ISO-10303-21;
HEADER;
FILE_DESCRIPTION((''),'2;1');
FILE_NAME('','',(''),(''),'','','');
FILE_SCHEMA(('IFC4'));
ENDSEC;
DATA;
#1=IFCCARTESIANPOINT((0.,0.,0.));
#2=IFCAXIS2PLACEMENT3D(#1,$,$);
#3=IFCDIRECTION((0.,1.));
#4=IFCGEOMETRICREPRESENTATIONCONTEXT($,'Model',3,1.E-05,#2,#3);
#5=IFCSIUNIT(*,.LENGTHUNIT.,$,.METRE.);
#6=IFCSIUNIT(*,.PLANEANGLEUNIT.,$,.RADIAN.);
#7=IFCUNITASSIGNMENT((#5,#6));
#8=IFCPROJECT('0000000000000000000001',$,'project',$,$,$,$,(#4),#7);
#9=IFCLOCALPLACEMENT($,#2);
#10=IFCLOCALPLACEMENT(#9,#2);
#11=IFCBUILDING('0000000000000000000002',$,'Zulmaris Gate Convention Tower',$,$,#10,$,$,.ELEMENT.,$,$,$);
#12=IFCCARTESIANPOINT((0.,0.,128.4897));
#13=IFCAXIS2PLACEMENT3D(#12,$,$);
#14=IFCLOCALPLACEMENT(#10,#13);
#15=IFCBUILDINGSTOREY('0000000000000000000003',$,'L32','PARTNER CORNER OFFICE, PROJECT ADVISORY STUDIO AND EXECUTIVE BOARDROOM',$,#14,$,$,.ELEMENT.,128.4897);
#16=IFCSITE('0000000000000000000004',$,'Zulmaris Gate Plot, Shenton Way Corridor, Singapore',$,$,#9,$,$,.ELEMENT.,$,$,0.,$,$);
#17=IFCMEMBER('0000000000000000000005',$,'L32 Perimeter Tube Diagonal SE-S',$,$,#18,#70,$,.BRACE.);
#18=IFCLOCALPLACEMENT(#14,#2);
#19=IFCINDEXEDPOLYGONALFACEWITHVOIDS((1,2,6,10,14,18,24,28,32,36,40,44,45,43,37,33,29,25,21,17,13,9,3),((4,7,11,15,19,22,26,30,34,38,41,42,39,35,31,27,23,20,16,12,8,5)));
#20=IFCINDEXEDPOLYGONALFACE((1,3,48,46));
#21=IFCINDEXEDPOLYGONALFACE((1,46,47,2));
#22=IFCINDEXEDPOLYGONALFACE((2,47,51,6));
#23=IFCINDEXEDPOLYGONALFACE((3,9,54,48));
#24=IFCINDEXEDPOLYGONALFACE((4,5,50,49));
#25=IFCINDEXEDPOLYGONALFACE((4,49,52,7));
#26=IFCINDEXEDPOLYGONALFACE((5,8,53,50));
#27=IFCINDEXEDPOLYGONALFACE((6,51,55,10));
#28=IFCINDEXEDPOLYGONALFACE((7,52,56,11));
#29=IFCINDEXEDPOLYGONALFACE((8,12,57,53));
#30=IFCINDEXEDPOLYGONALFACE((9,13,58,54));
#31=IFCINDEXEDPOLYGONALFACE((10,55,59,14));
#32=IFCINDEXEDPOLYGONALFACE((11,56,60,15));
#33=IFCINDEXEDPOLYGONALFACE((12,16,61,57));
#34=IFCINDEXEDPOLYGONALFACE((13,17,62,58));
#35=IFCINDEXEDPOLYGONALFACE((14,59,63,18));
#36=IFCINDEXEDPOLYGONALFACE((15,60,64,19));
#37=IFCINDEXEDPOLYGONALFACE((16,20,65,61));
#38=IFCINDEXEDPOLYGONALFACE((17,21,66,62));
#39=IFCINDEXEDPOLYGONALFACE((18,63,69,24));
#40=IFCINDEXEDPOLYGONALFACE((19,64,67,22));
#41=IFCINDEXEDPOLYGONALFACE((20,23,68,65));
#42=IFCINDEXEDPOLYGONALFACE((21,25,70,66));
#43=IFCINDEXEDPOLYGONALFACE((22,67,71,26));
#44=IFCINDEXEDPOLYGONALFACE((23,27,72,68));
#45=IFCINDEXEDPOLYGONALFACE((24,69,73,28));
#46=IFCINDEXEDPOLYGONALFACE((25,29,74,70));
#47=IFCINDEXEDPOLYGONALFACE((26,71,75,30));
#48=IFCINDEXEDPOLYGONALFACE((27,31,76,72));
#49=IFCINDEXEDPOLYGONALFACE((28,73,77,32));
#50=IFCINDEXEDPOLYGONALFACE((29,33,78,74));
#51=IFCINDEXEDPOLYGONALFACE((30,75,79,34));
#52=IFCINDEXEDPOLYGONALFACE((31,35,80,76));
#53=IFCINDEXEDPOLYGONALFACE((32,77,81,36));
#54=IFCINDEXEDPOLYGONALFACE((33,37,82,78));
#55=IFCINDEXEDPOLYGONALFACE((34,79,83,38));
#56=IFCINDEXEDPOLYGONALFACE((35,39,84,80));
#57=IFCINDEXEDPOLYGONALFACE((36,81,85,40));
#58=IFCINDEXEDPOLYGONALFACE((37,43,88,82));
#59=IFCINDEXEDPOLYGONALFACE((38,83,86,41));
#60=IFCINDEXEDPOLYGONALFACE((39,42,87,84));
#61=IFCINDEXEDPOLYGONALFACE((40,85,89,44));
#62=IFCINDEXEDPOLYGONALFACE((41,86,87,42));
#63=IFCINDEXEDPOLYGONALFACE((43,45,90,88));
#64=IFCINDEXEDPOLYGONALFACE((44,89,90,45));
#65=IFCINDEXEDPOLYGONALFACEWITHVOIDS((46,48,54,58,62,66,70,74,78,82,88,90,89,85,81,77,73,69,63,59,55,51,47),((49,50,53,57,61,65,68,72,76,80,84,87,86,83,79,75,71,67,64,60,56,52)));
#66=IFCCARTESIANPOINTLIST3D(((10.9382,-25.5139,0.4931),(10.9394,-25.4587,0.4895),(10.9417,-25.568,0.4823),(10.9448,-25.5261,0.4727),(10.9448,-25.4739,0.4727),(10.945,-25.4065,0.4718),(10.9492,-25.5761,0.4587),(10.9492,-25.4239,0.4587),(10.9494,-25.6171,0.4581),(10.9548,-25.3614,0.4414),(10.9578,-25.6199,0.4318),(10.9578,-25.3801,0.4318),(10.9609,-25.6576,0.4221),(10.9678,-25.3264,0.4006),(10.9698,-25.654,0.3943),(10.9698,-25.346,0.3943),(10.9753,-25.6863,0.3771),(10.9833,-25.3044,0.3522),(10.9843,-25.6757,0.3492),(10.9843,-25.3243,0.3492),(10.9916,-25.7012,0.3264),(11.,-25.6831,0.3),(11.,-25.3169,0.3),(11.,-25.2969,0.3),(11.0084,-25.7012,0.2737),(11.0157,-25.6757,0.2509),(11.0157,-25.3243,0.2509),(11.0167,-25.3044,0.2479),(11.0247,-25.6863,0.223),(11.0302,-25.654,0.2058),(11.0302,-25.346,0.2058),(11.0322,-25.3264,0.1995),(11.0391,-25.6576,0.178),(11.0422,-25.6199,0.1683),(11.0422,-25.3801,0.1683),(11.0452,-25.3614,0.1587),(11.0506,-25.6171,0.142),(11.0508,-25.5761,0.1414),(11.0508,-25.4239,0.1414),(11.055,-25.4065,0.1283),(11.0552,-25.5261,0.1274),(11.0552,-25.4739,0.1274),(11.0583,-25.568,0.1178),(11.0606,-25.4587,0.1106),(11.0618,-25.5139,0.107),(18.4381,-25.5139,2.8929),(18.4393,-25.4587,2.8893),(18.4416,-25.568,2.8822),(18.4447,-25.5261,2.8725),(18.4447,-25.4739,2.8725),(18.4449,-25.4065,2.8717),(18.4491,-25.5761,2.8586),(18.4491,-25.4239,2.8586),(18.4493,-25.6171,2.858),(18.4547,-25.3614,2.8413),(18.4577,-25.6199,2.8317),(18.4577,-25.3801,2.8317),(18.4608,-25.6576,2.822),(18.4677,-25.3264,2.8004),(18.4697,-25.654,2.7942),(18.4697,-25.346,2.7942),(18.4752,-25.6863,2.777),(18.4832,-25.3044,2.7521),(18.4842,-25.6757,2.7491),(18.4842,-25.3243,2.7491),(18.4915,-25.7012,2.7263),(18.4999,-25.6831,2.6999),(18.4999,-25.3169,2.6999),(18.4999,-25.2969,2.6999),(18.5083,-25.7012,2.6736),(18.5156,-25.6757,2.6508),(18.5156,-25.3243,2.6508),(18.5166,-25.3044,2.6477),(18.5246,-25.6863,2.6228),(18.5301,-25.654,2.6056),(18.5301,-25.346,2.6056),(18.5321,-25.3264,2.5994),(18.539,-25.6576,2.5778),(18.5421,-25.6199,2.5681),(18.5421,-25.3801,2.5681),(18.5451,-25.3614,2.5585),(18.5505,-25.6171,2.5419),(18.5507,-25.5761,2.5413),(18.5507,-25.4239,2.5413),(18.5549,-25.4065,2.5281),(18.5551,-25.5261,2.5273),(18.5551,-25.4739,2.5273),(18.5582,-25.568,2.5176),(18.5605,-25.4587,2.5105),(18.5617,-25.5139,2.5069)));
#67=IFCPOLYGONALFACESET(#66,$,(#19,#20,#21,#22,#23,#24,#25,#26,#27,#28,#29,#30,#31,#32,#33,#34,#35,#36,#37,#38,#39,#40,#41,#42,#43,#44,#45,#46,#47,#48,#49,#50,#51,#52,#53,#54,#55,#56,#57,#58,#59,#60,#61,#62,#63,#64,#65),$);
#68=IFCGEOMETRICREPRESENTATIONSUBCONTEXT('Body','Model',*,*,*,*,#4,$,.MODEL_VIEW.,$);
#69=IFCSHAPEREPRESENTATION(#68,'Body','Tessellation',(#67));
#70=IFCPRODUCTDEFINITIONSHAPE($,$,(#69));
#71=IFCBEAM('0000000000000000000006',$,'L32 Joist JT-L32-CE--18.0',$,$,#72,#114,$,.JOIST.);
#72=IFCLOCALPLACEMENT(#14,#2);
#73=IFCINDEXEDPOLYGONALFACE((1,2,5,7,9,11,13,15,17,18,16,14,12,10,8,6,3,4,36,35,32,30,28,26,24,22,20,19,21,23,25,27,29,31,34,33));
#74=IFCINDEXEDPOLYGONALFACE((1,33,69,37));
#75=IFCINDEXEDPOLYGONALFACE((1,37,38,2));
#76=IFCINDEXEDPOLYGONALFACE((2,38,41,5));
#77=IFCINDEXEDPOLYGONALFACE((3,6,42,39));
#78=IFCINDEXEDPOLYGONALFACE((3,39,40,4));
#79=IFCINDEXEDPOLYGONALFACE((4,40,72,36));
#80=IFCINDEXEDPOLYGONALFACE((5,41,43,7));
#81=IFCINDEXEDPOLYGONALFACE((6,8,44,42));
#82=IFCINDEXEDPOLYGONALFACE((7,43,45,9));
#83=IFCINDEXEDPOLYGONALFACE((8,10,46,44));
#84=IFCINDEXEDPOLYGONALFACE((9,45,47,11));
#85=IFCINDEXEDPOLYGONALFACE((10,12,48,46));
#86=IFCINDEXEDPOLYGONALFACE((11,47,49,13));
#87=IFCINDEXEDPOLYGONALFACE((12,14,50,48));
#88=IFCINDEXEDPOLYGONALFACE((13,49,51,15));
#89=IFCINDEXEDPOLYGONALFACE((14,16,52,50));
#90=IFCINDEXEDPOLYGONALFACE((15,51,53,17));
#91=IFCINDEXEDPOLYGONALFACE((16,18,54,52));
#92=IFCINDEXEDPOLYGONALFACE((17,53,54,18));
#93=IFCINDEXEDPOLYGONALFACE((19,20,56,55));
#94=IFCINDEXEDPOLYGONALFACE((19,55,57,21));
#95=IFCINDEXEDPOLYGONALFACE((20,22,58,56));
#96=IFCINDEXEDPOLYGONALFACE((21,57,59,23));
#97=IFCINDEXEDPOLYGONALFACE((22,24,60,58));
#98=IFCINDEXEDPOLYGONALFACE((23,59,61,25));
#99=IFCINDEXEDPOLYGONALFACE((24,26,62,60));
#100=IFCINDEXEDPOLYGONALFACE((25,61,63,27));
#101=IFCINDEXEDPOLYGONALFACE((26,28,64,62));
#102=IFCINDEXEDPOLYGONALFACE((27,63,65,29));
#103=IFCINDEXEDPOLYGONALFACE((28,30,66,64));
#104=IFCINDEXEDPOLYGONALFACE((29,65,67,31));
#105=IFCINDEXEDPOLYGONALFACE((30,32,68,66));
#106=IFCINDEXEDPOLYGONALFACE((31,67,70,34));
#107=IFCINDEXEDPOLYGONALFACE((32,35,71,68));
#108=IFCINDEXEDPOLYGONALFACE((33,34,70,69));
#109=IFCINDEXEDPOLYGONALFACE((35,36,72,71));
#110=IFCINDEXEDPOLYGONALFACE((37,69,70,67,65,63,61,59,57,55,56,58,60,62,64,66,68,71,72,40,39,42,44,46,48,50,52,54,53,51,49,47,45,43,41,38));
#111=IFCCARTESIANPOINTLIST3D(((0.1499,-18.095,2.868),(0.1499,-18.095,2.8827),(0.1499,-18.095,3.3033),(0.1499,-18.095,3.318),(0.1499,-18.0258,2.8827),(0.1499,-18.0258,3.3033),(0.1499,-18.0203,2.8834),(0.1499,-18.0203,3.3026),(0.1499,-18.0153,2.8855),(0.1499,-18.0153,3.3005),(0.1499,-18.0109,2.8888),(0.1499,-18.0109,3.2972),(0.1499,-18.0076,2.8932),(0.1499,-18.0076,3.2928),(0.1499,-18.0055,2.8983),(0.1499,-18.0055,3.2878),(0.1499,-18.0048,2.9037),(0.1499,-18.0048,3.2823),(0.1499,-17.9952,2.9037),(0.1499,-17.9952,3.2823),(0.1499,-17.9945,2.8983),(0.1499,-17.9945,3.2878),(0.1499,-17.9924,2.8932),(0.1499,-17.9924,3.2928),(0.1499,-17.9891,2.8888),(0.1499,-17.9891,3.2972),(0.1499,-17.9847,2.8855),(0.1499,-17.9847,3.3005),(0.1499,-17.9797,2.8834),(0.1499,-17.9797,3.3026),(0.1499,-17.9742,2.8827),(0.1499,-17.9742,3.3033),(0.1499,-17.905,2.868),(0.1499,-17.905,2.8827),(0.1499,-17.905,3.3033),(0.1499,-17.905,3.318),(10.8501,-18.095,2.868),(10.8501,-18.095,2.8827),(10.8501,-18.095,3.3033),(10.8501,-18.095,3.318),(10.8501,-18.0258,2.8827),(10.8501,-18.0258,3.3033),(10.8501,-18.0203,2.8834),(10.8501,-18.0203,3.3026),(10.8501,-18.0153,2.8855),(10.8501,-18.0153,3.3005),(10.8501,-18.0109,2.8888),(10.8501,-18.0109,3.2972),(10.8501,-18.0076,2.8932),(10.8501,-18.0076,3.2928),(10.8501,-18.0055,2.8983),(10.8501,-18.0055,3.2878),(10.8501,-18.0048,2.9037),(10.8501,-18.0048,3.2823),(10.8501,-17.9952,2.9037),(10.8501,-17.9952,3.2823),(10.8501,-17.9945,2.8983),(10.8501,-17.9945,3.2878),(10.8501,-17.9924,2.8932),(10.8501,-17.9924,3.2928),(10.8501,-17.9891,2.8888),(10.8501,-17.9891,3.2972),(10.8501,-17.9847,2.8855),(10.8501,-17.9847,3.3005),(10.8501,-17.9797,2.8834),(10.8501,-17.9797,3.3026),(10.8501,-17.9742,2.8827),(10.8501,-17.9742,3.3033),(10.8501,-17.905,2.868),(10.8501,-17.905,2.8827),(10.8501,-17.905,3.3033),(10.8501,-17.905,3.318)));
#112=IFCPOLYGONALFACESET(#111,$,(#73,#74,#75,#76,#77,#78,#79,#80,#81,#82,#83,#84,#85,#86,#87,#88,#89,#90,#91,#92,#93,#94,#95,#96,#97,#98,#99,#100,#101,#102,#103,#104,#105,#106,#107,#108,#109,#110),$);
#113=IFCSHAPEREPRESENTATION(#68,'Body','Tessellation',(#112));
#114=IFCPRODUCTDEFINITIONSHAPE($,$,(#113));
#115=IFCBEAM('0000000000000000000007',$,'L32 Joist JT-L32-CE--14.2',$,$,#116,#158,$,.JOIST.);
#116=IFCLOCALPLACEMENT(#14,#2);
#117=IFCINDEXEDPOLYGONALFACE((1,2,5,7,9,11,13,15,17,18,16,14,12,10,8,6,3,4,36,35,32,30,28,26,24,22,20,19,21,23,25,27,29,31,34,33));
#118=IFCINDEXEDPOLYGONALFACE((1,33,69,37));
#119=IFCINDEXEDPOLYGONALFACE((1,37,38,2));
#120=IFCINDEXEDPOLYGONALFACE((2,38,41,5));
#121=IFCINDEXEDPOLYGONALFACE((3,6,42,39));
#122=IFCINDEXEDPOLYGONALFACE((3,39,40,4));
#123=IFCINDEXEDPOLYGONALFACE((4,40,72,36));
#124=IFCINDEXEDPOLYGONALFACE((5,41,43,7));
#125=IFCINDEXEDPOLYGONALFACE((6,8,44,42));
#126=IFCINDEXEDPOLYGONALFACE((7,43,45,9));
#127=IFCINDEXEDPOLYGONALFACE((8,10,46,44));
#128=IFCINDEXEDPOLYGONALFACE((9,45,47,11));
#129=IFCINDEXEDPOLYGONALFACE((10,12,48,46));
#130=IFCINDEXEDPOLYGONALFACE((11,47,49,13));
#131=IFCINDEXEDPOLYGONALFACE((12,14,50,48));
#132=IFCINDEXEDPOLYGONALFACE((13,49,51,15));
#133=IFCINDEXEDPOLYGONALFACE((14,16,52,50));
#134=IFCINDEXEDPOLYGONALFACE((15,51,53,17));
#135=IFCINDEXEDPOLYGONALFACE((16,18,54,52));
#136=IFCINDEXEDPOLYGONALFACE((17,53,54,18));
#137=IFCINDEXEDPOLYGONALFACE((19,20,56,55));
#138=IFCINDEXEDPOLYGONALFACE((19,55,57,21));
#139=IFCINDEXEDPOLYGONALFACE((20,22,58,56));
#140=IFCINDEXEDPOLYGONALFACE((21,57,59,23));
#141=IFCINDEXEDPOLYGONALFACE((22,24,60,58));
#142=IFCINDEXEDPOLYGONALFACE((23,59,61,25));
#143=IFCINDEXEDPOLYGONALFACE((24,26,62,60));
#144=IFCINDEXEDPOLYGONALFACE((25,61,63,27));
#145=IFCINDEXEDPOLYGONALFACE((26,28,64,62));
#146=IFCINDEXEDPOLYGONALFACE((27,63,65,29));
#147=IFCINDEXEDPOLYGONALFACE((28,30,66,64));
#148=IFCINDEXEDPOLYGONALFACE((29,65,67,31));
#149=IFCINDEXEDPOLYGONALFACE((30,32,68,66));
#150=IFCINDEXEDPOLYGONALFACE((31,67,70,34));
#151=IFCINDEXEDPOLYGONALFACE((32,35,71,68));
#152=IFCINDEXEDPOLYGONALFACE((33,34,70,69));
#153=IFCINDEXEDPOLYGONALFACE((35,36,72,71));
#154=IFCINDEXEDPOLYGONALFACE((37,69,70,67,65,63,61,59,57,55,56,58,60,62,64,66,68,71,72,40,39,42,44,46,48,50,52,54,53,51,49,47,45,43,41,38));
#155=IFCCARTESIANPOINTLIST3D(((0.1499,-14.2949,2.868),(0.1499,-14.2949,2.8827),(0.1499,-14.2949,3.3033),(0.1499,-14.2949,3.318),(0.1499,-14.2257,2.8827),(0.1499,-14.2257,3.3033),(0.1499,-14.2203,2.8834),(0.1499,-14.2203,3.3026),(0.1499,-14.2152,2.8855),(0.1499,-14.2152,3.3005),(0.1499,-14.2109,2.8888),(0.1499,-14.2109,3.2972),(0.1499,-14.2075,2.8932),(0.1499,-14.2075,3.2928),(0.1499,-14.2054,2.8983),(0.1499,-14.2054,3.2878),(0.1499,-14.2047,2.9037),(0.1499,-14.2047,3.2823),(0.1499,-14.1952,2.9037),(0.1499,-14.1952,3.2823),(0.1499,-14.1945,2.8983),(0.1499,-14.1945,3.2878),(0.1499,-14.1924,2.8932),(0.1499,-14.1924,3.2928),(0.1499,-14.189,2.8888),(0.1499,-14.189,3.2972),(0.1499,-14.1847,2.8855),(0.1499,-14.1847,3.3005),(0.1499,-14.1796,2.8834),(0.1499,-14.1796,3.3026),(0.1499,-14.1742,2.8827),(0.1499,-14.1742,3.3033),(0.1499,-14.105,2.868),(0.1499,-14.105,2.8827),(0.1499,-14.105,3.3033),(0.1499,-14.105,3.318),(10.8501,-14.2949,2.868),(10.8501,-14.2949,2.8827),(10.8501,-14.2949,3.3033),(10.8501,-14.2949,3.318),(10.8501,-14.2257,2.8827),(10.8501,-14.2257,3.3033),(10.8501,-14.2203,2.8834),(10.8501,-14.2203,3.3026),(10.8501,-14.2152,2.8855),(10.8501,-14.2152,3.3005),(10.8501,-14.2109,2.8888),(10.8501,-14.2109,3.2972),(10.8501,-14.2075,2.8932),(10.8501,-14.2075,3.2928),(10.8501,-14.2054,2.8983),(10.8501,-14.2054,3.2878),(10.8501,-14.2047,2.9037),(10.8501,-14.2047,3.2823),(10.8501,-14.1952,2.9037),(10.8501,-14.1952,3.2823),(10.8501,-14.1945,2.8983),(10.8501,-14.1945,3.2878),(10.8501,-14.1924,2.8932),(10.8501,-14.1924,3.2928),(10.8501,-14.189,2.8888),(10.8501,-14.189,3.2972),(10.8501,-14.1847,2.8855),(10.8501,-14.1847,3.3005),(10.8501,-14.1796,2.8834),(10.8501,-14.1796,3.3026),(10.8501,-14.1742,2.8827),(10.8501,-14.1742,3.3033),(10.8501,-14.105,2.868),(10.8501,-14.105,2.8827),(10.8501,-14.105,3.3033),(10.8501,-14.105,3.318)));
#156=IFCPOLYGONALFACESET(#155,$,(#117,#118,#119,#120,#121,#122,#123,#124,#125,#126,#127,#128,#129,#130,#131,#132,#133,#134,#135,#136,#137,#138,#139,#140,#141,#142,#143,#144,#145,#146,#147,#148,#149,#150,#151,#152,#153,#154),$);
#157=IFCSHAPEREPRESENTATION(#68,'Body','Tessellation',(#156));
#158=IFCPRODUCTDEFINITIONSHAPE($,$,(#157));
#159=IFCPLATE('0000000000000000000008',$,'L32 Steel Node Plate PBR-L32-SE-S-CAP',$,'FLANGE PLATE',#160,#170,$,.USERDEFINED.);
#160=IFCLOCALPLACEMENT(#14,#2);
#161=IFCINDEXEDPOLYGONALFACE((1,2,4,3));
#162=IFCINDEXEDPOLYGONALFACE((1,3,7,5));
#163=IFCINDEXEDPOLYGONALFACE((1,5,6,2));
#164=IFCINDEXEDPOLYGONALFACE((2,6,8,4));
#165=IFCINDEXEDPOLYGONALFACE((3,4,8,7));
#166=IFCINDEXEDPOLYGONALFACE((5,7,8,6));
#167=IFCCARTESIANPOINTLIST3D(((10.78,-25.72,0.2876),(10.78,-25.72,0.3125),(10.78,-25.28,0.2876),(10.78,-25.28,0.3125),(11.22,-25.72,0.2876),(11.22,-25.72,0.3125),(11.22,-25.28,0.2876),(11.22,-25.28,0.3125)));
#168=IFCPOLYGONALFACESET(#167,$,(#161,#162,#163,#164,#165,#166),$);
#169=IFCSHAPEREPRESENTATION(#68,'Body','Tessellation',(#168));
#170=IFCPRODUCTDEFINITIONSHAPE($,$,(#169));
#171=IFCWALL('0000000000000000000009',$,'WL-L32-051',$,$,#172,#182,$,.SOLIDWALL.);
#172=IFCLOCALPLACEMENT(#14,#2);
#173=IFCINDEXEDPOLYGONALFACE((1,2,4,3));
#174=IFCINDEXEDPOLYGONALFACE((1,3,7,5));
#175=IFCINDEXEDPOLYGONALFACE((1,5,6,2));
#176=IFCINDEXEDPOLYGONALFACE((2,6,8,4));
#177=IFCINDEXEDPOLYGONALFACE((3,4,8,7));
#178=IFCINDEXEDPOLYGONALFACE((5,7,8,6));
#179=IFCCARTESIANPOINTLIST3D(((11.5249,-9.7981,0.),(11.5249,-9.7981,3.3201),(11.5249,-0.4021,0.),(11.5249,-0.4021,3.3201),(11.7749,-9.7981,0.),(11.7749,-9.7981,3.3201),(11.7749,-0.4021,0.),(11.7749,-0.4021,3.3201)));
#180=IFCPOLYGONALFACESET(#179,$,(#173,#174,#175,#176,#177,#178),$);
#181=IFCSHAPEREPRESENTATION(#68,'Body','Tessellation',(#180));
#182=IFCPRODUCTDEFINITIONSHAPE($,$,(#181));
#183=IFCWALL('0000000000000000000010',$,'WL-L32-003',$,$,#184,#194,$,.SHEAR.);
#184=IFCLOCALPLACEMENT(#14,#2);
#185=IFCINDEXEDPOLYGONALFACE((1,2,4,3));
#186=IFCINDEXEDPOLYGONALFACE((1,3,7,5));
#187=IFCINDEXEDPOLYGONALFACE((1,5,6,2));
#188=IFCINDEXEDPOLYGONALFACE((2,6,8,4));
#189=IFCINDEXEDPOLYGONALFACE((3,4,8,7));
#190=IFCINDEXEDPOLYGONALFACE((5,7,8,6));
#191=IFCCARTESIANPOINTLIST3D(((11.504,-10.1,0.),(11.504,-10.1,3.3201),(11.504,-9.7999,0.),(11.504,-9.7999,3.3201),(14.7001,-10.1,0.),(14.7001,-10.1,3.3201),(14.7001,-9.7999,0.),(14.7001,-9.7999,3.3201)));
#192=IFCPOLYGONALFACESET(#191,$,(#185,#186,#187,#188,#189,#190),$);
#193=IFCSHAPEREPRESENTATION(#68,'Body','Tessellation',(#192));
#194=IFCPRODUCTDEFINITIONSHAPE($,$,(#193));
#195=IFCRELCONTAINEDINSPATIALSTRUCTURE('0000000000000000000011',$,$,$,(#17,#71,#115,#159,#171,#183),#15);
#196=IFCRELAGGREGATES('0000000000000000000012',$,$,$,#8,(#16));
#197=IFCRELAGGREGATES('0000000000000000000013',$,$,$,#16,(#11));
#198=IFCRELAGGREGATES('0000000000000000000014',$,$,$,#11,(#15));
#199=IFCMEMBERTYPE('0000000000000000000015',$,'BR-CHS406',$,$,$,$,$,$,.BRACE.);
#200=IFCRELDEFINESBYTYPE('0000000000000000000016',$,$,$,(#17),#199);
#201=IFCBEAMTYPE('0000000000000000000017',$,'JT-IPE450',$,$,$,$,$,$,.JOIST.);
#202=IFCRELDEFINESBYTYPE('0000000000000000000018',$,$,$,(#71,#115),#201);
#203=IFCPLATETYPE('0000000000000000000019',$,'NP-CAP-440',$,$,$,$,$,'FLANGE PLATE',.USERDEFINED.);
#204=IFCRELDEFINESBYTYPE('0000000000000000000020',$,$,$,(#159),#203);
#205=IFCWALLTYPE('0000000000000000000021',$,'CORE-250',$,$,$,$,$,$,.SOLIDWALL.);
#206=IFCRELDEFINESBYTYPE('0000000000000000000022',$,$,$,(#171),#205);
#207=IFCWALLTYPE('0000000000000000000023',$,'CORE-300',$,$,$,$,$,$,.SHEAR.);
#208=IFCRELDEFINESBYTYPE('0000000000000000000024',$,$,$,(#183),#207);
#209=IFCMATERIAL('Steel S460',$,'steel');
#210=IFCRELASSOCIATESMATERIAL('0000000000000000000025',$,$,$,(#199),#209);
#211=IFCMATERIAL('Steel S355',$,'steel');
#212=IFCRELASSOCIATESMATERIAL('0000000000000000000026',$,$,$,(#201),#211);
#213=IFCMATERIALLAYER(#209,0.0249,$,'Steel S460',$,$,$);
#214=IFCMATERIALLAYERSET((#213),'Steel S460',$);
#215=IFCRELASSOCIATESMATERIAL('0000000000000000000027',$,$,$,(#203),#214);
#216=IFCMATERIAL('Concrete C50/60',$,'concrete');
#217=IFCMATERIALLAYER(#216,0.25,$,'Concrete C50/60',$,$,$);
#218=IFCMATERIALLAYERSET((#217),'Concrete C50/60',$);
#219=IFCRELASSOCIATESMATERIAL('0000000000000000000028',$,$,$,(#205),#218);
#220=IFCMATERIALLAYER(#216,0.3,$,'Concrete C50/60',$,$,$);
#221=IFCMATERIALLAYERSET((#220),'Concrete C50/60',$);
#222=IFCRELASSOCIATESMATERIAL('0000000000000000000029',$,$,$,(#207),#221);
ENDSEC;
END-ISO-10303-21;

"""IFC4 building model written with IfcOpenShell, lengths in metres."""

from ifc_helpers import new_model, si_unit, direction, frame, frame_2d, origin, origin_2d, place, context, subcontext, project, spatial, rectangle, hollow_circle, i_section, extrude, material, layer, layer_set, material_profile, profile_set, type_object, element, save


model = new_model("IFC4")

# Units and contexts
model_context = context("Model", 3, precision=1e-05, world=origin(), true_north=direction((0.0, 1.0)))
body_context = subcontext(model_context, "Body", "Model", "MODEL_VIEW")
ifc_project = project(units=[si_unit("LENGTHUNIT", "METRE"), si_unit("PLANEANGLEUNIT", "RADIAN")], contexts=[model_context])

# Site, building, storey
site_placement = place(None, origin())
site = spatial("IfcSite", under=ifc_project, at=site_placement, Name="Zulmaris Gate Plot, Shenton Way Corridor, Singapore", CompositionType="ELEMENT", RefElevation=0.0)
building_placement = place(site_placement, origin())
building = spatial("IfcBuilding", under=site, at=building_placement, Name="Zulmaris Gate Convention Tower", CompositionType="ELEMENT")
storey_placement = place(building_placement, frame((0.0, 0.0, 128.4897)))
storey = spatial("IfcBuildingStorey", under=building, at=storey_placement, Name="L32", Description="PARTNER CORNER OFFICE, PROJECT ADVISORY STUDIO AND EXECUTIVE BOARDROOM", CompositionType="ELEMENT", Elevation=128.4897)

# Shared definitions
ifc_material_1 = material(Name="Steel S355", Category="steel")

# Member
ifc_material_2 = material(Name="Steel S460", Category="steel")
ifc_material_profile_1 = material_profile(ifc_material_2, hollow_circle(Radius=0.2031, WallThickness=0.02, at=origin_2d()), Name="CHS 406.4x20")
ifc_profile_set_1 = profile_set([ifc_material_profile_1], Name="Steel S460")
member_type = type_object("IfcMemberType", Name="BR-CHS406", PredefinedType="BRACE", material=ifc_profile_set_1)
member_placement = place(storey_placement, frame((11.0, -25.5, 0.3), z_axis=(0.952428, 0.0, 0.304764), x_axis=(0.0, 1.0, 0.0)))
element("IfcMember", 1, at=member_placement, inside=storey, type_object=member_type, Name="L32 Perimeter Tube Diagonal SE-S", PredefinedType="BRACE", context=body_context, shape_type="SweptSolid", body=[
    extrude(hollow_circle(Radius=0.2031, WallThickness=0.02, at=origin_2d()), origin(), (0.0, 0.0, 1.0), 7.8745),
])

# Beams
ifc_material_profile_2 = material_profile(ifc_material_1, i_section(OverallWidth=0.1899, OverallDepth=0.45, WebThickness=0.0095, FlangeThickness=0.0146, FilletRadius=0.021, at=origin_2d()), Name="IPE 450")
ifc_profile_set_2 = profile_set([ifc_material_profile_2], Name="Steel S355")
beam_type_1 = type_object("IfcBeamType", Name="JT-IPE450", PredefinedType="JOIST", material=ifc_profile_set_2)
for number, where, z_axis, x_axis, name in (
    (2, (0.1499, -18.0, 3.093), (1.0, 0.0, 0.0), (0.0, 1.0, 0.0), "L32 Joist JT-L32-CE--18.0"),
    (3, (0.1499, -14.2, 3.093), (1.0, 0.0, 0.0), (0.0, 1.0, 0.0), "L32 Joist JT-L32-CE--14.2"),
):
    element("IfcBeam", number, at=place(storey_placement, frame(where, z_axis=z_axis, x_axis=x_axis)), inside=storey, type_object=beam_type_1, Name=name, PredefinedType="JOIST", context=body_context, shape_type="SweptSolid", body=[
        extrude(i_section(OverallWidth=0.1899, OverallDepth=0.45, WebThickness=0.0095, FlangeThickness=0.0146, FilletRadius=0.021, at=origin_2d()), origin(), (0.0, 0.0, 1.0), 10.7002),
    ])

# Plate
ifc_layer_1 = layer(ifc_material_2, 0.0249, Name="Steel S460")
ifc_layer_set_1 = layer_set([ifc_layer_1], Name="Steel S460")
plate_type = type_object("IfcPlateType", Name="NP-CAP-440", ElementType="FLANGE PLATE", PredefinedType="USERDEFINED", material=ifc_layer_set_1)
plate_placement = place(storey_placement, frame((11.0, -25.5, 0.2876), z_axis=(0.0, 0.0, 1.0), x_axis=(1.0, 0.0, 0.0)))
element("IfcPlate", 4, at=plate_placement, inside=storey, type_object=plate_type, Name="L32 Steel Node Plate PBR-L32-SE-S-CAP", ObjectType="FLANGE PLATE", PredefinedType="USERDEFINED", context=body_context, shape_type="SweptSolid", body=[
    extrude(rectangle(XDim=0.4399, YDim=0.4399, at=origin_2d()), origin(), (0.0, 0.0, 1.0), 0.0249),
])

# Walls
ifc_material_3 = material(Name="Concrete C50/60", Category="concrete")
ifc_layer_2 = layer(ifc_material_3, 0.25, Name="Concrete C50/60")
ifc_layer_set_2 = layer_set([ifc_layer_2], Name="Concrete C50/60")
wall_type_1 = type_object("IfcWallType", Name="CORE-250", PredefinedType="SOLIDWALL", material=ifc_layer_set_2)
wall_1_placement = place(storey_placement, frame((11.6499, -9.7981, 0.0), z_axis=(0.0, 0.0, 1.0), x_axis=(0.0, 1.0, 0.0)))
element("IfcWall", 5, at=wall_1_placement, inside=storey, type_object=wall_type_1, Name="WL-L32-051", PredefinedType="SOLIDWALL", context=body_context, shape_type="SweptSolid", body=[
    extrude(rectangle(XDim=9.396, YDim=0.25, at=frame_2d((4.698, 0.0))), origin(), (0.0, 0.0, 1.0), 3.3201),
])
ifc_layer_3 = layer(ifc_material_3, 0.3, Name="Concrete C50/60")
ifc_layer_set_3 = layer_set([ifc_layer_3], Name="Concrete C50/60")
wall_type_2 = type_object("IfcWallType", Name="CORE-300", PredefinedType="SHEAR", material=ifc_layer_set_3)
wall_2_placement = place(storey_placement, frame((11.5039, -9.95, 0.0), z_axis=(0.0, 0.0, 1.0), x_axis=(1.0, 0.0, 0.0)))
element("IfcWall", 6, at=wall_2_placement, inside=storey, type_object=wall_type_2, Name="WL-L32-003", PredefinedType="SHEAR", context=body_context, shape_type="SweptSolid", body=[
    extrude(rectangle(XDim=3.196, YDim=0.3, at=frame_2d((1.5981, 0.0))), origin(), (0.0, 0.0, 1.0), 3.3201),
])

save(model, "model.ifc")
